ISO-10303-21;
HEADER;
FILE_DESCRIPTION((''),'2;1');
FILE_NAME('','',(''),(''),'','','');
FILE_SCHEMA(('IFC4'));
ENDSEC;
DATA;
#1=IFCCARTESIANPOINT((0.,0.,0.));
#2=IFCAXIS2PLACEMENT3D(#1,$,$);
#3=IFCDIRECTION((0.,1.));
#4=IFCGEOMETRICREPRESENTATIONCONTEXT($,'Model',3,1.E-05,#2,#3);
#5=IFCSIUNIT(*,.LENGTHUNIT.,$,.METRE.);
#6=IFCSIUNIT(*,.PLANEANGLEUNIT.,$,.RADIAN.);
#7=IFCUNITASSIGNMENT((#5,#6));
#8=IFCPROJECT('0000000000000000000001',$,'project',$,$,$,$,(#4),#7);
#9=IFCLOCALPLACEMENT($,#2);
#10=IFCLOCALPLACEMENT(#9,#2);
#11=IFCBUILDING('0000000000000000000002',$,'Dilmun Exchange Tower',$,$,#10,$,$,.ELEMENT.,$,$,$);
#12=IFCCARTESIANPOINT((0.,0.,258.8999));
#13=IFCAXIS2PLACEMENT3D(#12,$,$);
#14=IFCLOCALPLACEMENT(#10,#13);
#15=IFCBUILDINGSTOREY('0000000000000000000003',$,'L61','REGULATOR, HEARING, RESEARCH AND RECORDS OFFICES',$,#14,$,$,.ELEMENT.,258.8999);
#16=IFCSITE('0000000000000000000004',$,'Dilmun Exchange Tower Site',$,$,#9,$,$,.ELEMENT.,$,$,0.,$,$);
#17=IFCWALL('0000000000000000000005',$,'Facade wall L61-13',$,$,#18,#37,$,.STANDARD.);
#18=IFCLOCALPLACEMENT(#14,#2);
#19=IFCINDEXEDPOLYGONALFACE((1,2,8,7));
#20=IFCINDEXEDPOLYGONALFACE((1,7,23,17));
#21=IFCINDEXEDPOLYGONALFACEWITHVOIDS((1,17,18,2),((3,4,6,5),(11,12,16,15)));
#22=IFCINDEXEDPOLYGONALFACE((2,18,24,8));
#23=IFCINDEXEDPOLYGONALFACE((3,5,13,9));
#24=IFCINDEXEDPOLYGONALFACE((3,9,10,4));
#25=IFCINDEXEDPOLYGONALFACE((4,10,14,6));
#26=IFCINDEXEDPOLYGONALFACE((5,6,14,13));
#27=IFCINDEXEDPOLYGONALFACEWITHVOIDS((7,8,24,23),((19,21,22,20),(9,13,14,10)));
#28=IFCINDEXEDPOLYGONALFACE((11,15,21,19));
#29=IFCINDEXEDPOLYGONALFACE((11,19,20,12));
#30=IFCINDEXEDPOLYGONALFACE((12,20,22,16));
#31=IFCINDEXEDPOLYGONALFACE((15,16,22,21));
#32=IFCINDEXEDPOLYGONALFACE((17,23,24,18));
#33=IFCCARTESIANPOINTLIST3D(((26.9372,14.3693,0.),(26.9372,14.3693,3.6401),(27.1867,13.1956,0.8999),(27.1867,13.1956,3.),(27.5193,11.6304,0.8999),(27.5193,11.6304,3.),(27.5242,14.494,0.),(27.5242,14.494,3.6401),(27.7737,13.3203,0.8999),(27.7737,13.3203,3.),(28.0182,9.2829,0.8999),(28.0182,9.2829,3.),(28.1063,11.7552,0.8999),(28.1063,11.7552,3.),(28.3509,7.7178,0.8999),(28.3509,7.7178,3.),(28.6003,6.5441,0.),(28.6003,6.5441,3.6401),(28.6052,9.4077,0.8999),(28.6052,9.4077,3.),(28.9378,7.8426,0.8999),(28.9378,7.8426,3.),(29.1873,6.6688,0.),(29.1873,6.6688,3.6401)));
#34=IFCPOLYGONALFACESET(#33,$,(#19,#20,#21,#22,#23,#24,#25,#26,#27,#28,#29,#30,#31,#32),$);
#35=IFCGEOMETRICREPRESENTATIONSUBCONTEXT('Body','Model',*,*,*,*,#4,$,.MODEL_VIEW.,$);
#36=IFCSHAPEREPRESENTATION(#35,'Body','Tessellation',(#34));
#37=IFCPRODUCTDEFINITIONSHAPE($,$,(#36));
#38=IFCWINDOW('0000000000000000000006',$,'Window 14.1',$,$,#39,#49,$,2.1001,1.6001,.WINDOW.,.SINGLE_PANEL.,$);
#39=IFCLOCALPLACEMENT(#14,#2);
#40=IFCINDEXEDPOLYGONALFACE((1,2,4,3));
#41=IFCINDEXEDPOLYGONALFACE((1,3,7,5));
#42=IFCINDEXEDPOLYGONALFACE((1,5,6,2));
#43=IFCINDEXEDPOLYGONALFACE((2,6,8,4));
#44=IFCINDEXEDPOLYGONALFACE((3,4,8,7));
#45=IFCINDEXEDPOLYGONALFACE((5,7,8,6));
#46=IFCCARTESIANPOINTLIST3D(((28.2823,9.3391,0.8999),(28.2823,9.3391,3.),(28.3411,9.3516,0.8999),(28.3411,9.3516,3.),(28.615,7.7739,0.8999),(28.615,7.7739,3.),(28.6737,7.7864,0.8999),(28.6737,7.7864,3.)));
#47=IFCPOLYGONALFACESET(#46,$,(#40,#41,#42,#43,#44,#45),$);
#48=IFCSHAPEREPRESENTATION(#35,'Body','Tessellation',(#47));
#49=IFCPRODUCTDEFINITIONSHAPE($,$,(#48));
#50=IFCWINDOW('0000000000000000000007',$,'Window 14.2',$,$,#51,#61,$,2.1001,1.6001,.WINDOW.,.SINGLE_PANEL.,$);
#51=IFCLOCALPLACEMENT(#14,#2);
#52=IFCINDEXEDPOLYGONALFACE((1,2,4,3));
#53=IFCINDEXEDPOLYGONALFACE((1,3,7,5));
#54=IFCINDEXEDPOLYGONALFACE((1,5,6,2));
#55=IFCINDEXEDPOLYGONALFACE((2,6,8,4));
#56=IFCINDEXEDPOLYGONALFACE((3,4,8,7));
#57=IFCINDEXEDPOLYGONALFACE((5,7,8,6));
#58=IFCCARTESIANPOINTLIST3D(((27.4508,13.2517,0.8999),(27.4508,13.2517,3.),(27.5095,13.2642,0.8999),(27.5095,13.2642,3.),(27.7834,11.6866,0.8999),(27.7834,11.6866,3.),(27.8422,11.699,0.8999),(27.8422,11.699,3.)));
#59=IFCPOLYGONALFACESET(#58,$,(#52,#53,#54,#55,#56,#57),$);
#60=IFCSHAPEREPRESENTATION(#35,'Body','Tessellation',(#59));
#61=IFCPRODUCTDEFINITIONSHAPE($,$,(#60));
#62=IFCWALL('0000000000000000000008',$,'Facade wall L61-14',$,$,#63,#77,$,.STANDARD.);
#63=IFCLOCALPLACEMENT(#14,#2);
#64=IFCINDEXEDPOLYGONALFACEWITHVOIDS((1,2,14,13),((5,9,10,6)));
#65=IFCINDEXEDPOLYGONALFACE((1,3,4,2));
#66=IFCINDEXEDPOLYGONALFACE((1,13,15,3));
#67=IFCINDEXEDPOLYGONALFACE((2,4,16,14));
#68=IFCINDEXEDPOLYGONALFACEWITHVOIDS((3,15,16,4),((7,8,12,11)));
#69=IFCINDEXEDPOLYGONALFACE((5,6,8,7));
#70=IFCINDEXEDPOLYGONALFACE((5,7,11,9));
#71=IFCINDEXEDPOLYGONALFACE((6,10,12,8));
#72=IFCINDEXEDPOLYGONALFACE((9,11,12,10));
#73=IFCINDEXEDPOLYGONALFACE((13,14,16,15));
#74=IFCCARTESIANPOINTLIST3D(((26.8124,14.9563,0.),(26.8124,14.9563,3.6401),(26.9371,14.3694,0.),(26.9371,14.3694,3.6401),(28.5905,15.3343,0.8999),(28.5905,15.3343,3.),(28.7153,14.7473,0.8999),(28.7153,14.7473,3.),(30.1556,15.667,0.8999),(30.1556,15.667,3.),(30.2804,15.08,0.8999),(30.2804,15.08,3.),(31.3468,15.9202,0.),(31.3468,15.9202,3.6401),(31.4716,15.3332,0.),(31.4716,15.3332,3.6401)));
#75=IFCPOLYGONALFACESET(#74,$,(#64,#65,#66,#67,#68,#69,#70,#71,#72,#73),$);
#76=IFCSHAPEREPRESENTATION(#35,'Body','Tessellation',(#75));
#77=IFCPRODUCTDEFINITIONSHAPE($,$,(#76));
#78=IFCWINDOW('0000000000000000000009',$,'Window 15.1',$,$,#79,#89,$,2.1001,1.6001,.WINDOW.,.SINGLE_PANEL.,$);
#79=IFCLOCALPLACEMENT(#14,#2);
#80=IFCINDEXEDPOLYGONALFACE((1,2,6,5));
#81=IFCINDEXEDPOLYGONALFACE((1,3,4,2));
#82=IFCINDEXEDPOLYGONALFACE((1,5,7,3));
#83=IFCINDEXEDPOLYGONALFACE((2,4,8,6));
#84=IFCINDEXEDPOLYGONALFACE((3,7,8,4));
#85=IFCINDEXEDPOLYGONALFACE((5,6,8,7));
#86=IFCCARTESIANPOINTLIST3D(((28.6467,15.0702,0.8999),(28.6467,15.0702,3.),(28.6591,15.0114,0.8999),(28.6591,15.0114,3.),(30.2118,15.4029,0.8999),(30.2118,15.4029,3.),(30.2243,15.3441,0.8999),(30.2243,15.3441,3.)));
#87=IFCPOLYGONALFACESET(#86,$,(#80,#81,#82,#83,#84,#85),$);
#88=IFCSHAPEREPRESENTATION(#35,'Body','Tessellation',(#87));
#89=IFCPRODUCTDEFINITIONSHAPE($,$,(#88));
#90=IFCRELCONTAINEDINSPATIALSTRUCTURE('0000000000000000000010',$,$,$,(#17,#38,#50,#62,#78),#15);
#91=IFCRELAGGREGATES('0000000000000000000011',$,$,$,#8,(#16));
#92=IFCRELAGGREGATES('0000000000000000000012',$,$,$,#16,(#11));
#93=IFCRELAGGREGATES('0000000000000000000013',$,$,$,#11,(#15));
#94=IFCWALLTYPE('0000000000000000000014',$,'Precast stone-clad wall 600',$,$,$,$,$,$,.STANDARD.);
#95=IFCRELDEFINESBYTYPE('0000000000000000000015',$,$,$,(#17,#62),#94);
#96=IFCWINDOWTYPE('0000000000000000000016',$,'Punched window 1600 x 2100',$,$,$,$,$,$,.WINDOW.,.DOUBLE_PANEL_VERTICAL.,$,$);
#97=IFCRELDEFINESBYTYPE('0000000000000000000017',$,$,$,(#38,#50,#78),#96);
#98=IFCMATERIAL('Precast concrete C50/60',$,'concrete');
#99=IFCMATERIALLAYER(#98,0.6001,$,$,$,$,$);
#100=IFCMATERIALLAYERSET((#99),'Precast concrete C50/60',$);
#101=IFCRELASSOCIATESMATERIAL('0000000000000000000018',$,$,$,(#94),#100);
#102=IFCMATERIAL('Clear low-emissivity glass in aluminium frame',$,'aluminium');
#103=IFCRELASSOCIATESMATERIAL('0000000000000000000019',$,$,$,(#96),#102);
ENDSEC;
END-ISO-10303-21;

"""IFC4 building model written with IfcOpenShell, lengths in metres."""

from ifc_helpers import new_model, si_unit, direction, frame, frame_2d, origin, place, context, subcontext, project, spatial, rectangle, extrude, material, layer, layer_set, type_object, element, fill, save


model = new_model("IFC4")

# Units and contexts
model_context = context("Model", 3, precision=1e-05, world=origin(), true_north=direction((0.0, 1.0)))
body_context = subcontext(model_context, "Body", "Model", "MODEL_VIEW")
ifc_project = project(units=[si_unit("LENGTHUNIT", "METRE"), si_unit("PLANEANGLEUNIT", "RADIAN")], contexts=[model_context])

# Site, building, storey
site_placement = place(None, origin())
site = spatial("IfcSite", under=ifc_project, at=site_placement, Name="Dilmun Exchange Tower Site", CompositionType="ELEMENT", RefElevation=0.0)
building_placement = place(site_placement, origin())
building = spatial("IfcBuilding", under=site, at=building_placement, Name="Dilmun Exchange Tower", CompositionType="ELEMENT")
storey_placement = place(building_placement, frame((0.0, 0.0, 258.8999)))
storey = spatial("IfcBuildingStorey", under=building, at=storey_placement, Name="L61", Description="REGULATOR, HEARING, RESEARCH AND RECORDS OFFICES", CompositionType="ELEMENT", Elevation=258.8999)

# Shared definitions
ifc_material_1 = material(Name="Precast concrete C50/60", Category="concrete")
ifc_layer_1 = layer(ifc_material_1, 0.6001)
ifc_layer_set_1 = layer_set([ifc_layer_1], Name="Precast concrete C50/60")
wall_type_1 = type_object("IfcWallType", Name="Precast stone-clad wall 600", PredefinedType="STANDARD", material=ifc_layer_set_1)
ifc_material_2 = material(Name="Clear low-emissivity glass in aluminium frame", Category="aluminium")
window_type_1 = type_object("IfcWindowType", Name="Punched window 1600 x 2100", PartitioningType="DOUBLE_PANEL_VERTICAL", PredefinedType="WINDOW", material=ifc_material_2)

# Wall, openings, windows
wall_1_placement = place(storey_placement, frame((28.8938, 6.6064, 0.0), z_axis=(0.0, 0.0, 1.0), x_axis=(-0.207886, 0.978153, 0.0)))
wall_1 = element("IfcWall", 1, at=wall_1_placement, inside=storey, type_object=wall_type_1, Name="Facade wall L61-13", PredefinedType="STANDARD", context=body_context, shape_type="SweptSolid", body=[
    extrude(rectangle(XDim=8.0, YDim=0.6001, at=frame_2d((4.0, 0.0))), origin(), (0.0, 0.0, 1.0), 3.6401),
])
opening_1_placement = place(wall_1_placement, frame((1.2, 0.0, 0.8999)))
opening_1 = element("IfcOpeningElement", 2, at=opening_1_placement, cuts=wall_1, PredefinedType="OPENING", context=body_context, shape_type="SweptSolid", body=[
    extrude(rectangle(XDim=1.6001, YDim=2.1001, at=frame_2d((0.8, 1.05))), frame((0.0, 0.3101, 0.0), z_axis=(0.0, -1.0, 0.0), x_axis=(1.0, 0.0, 0.0)), (0.0, 0.0, 1.0), 0.6201),
])
opening_2_placement = place(wall_1_placement, frame((5.2, 0.0, 0.8999)))
opening_2 = element("IfcOpeningElement", 3, at=opening_2_placement, cuts=wall_1, PredefinedType="OPENING", context=body_context, shape_type="SweptSolid", body=[
    extrude(rectangle(XDim=1.6001, YDim=2.1001, at=frame_2d((0.8, 1.05))), frame((0.0, 0.3101, 0.0), z_axis=(0.0, -1.0, 0.0), x_axis=(1.0, 0.0, 0.0)), (0.0, 0.0, 1.0), 0.6201),
])
window_1_placement = place(opening_1_placement, origin())
window_1 = element("IfcWindow", 4, at=window_1_placement, inside=storey, type_object=window_type_1, Name="Window 14.1", OverallHeight=2.1001, OverallWidth=1.6001, PartitioningType="SINGLE_PANEL", PredefinedType="WINDOW", context=body_context, shape_type="SweptSolid", body=[
    extrude(rectangle(XDim=1.6001, YDim=2.1001, at=frame_2d((0.8, 1.05))), frame((0.0, 0.03, 0.0), z_axis=(0.0, -1.0, 0.0), x_axis=(1.0, 0.0, 0.0)), (0.0, 0.0, 1.0), 0.0601),
])
fill(opening_1, window_1)
window_2_placement = place(opening_2_placement, origin())
window_2 = element("IfcWindow", 5, at=window_2_placement, inside=storey, type_object=window_type_1, Name="Window 14.2", OverallHeight=2.1001, OverallWidth=1.6001, PartitioningType="SINGLE_PANEL", PredefinedType="WINDOW", context=body_context, shape_type="SweptSolid", body=[
    extrude(rectangle(XDim=1.6001, YDim=2.1001, at=frame_2d((0.8, 1.05))), frame((0.0, 0.03, 0.0), z_axis=(0.0, -1.0, 0.0), x_axis=(1.0, 0.0, 0.0)), (0.0, 0.0, 1.0), 0.0601),
])
fill(opening_2, window_2)

# Wall, opening, window
wall_2_placement = place(storey_placement, frame((26.8748, 14.6628, 0.0), z_axis=(0.0, 0.0, 1.0), x_axis=(0.978146, 0.207921, 0.0)))
wall_2 = element("IfcWall", 6, at=wall_2_placement, inside=storey, type_object=wall_type_1, Name="Facade wall L61-14", PredefinedType="STANDARD", context=body_context, shape_type="SweptSolid", body=[
    extrude(rectangle(XDim=4.6357, YDim=0.6001, at=frame_2d((2.3179, 0.0))), origin(), (0.0, 0.0, 1.0), 3.6401),
])
opening_3_placement = place(wall_2_placement, frame((1.8179, 0.0, 0.8999)))
opening_3 = element("IfcOpeningElement", 7, at=opening_3_placement, cuts=wall_2, PredefinedType="OPENING", context=body_context, shape_type="SweptSolid", body=[
    extrude(rectangle(XDim=1.6001, YDim=2.1001, at=frame_2d((0.8, 1.05))), frame((0.0, 0.3101, 0.0), z_axis=(0.0, -1.0, 0.0), x_axis=(1.0, 0.0, 0.0)), (0.0, 0.0, 1.0), 0.6201),
])
window_3_placement = place(opening_3_placement, origin())
window_3 = element("IfcWindow", 8, at=window_3_placement, inside=storey, type_object=window_type_1, Name="Window 15.1", OverallHeight=2.1001, OverallWidth=1.6001, PartitioningType="SINGLE_PANEL", PredefinedType="WINDOW", context=body_context, shape_type="SweptSolid", body=[
    extrude(rectangle(XDim=1.6001, YDim=2.1001, at=frame_2d((0.8, 1.05))), frame((0.0, 0.03, 0.0), z_axis=(0.0, -1.0, 0.0), x_axis=(1.0, 0.0, 0.0)), (0.0, 0.0, 1.0), 0.0601),
])
fill(opening_3, window_3)

save(model, "model.ifc")
